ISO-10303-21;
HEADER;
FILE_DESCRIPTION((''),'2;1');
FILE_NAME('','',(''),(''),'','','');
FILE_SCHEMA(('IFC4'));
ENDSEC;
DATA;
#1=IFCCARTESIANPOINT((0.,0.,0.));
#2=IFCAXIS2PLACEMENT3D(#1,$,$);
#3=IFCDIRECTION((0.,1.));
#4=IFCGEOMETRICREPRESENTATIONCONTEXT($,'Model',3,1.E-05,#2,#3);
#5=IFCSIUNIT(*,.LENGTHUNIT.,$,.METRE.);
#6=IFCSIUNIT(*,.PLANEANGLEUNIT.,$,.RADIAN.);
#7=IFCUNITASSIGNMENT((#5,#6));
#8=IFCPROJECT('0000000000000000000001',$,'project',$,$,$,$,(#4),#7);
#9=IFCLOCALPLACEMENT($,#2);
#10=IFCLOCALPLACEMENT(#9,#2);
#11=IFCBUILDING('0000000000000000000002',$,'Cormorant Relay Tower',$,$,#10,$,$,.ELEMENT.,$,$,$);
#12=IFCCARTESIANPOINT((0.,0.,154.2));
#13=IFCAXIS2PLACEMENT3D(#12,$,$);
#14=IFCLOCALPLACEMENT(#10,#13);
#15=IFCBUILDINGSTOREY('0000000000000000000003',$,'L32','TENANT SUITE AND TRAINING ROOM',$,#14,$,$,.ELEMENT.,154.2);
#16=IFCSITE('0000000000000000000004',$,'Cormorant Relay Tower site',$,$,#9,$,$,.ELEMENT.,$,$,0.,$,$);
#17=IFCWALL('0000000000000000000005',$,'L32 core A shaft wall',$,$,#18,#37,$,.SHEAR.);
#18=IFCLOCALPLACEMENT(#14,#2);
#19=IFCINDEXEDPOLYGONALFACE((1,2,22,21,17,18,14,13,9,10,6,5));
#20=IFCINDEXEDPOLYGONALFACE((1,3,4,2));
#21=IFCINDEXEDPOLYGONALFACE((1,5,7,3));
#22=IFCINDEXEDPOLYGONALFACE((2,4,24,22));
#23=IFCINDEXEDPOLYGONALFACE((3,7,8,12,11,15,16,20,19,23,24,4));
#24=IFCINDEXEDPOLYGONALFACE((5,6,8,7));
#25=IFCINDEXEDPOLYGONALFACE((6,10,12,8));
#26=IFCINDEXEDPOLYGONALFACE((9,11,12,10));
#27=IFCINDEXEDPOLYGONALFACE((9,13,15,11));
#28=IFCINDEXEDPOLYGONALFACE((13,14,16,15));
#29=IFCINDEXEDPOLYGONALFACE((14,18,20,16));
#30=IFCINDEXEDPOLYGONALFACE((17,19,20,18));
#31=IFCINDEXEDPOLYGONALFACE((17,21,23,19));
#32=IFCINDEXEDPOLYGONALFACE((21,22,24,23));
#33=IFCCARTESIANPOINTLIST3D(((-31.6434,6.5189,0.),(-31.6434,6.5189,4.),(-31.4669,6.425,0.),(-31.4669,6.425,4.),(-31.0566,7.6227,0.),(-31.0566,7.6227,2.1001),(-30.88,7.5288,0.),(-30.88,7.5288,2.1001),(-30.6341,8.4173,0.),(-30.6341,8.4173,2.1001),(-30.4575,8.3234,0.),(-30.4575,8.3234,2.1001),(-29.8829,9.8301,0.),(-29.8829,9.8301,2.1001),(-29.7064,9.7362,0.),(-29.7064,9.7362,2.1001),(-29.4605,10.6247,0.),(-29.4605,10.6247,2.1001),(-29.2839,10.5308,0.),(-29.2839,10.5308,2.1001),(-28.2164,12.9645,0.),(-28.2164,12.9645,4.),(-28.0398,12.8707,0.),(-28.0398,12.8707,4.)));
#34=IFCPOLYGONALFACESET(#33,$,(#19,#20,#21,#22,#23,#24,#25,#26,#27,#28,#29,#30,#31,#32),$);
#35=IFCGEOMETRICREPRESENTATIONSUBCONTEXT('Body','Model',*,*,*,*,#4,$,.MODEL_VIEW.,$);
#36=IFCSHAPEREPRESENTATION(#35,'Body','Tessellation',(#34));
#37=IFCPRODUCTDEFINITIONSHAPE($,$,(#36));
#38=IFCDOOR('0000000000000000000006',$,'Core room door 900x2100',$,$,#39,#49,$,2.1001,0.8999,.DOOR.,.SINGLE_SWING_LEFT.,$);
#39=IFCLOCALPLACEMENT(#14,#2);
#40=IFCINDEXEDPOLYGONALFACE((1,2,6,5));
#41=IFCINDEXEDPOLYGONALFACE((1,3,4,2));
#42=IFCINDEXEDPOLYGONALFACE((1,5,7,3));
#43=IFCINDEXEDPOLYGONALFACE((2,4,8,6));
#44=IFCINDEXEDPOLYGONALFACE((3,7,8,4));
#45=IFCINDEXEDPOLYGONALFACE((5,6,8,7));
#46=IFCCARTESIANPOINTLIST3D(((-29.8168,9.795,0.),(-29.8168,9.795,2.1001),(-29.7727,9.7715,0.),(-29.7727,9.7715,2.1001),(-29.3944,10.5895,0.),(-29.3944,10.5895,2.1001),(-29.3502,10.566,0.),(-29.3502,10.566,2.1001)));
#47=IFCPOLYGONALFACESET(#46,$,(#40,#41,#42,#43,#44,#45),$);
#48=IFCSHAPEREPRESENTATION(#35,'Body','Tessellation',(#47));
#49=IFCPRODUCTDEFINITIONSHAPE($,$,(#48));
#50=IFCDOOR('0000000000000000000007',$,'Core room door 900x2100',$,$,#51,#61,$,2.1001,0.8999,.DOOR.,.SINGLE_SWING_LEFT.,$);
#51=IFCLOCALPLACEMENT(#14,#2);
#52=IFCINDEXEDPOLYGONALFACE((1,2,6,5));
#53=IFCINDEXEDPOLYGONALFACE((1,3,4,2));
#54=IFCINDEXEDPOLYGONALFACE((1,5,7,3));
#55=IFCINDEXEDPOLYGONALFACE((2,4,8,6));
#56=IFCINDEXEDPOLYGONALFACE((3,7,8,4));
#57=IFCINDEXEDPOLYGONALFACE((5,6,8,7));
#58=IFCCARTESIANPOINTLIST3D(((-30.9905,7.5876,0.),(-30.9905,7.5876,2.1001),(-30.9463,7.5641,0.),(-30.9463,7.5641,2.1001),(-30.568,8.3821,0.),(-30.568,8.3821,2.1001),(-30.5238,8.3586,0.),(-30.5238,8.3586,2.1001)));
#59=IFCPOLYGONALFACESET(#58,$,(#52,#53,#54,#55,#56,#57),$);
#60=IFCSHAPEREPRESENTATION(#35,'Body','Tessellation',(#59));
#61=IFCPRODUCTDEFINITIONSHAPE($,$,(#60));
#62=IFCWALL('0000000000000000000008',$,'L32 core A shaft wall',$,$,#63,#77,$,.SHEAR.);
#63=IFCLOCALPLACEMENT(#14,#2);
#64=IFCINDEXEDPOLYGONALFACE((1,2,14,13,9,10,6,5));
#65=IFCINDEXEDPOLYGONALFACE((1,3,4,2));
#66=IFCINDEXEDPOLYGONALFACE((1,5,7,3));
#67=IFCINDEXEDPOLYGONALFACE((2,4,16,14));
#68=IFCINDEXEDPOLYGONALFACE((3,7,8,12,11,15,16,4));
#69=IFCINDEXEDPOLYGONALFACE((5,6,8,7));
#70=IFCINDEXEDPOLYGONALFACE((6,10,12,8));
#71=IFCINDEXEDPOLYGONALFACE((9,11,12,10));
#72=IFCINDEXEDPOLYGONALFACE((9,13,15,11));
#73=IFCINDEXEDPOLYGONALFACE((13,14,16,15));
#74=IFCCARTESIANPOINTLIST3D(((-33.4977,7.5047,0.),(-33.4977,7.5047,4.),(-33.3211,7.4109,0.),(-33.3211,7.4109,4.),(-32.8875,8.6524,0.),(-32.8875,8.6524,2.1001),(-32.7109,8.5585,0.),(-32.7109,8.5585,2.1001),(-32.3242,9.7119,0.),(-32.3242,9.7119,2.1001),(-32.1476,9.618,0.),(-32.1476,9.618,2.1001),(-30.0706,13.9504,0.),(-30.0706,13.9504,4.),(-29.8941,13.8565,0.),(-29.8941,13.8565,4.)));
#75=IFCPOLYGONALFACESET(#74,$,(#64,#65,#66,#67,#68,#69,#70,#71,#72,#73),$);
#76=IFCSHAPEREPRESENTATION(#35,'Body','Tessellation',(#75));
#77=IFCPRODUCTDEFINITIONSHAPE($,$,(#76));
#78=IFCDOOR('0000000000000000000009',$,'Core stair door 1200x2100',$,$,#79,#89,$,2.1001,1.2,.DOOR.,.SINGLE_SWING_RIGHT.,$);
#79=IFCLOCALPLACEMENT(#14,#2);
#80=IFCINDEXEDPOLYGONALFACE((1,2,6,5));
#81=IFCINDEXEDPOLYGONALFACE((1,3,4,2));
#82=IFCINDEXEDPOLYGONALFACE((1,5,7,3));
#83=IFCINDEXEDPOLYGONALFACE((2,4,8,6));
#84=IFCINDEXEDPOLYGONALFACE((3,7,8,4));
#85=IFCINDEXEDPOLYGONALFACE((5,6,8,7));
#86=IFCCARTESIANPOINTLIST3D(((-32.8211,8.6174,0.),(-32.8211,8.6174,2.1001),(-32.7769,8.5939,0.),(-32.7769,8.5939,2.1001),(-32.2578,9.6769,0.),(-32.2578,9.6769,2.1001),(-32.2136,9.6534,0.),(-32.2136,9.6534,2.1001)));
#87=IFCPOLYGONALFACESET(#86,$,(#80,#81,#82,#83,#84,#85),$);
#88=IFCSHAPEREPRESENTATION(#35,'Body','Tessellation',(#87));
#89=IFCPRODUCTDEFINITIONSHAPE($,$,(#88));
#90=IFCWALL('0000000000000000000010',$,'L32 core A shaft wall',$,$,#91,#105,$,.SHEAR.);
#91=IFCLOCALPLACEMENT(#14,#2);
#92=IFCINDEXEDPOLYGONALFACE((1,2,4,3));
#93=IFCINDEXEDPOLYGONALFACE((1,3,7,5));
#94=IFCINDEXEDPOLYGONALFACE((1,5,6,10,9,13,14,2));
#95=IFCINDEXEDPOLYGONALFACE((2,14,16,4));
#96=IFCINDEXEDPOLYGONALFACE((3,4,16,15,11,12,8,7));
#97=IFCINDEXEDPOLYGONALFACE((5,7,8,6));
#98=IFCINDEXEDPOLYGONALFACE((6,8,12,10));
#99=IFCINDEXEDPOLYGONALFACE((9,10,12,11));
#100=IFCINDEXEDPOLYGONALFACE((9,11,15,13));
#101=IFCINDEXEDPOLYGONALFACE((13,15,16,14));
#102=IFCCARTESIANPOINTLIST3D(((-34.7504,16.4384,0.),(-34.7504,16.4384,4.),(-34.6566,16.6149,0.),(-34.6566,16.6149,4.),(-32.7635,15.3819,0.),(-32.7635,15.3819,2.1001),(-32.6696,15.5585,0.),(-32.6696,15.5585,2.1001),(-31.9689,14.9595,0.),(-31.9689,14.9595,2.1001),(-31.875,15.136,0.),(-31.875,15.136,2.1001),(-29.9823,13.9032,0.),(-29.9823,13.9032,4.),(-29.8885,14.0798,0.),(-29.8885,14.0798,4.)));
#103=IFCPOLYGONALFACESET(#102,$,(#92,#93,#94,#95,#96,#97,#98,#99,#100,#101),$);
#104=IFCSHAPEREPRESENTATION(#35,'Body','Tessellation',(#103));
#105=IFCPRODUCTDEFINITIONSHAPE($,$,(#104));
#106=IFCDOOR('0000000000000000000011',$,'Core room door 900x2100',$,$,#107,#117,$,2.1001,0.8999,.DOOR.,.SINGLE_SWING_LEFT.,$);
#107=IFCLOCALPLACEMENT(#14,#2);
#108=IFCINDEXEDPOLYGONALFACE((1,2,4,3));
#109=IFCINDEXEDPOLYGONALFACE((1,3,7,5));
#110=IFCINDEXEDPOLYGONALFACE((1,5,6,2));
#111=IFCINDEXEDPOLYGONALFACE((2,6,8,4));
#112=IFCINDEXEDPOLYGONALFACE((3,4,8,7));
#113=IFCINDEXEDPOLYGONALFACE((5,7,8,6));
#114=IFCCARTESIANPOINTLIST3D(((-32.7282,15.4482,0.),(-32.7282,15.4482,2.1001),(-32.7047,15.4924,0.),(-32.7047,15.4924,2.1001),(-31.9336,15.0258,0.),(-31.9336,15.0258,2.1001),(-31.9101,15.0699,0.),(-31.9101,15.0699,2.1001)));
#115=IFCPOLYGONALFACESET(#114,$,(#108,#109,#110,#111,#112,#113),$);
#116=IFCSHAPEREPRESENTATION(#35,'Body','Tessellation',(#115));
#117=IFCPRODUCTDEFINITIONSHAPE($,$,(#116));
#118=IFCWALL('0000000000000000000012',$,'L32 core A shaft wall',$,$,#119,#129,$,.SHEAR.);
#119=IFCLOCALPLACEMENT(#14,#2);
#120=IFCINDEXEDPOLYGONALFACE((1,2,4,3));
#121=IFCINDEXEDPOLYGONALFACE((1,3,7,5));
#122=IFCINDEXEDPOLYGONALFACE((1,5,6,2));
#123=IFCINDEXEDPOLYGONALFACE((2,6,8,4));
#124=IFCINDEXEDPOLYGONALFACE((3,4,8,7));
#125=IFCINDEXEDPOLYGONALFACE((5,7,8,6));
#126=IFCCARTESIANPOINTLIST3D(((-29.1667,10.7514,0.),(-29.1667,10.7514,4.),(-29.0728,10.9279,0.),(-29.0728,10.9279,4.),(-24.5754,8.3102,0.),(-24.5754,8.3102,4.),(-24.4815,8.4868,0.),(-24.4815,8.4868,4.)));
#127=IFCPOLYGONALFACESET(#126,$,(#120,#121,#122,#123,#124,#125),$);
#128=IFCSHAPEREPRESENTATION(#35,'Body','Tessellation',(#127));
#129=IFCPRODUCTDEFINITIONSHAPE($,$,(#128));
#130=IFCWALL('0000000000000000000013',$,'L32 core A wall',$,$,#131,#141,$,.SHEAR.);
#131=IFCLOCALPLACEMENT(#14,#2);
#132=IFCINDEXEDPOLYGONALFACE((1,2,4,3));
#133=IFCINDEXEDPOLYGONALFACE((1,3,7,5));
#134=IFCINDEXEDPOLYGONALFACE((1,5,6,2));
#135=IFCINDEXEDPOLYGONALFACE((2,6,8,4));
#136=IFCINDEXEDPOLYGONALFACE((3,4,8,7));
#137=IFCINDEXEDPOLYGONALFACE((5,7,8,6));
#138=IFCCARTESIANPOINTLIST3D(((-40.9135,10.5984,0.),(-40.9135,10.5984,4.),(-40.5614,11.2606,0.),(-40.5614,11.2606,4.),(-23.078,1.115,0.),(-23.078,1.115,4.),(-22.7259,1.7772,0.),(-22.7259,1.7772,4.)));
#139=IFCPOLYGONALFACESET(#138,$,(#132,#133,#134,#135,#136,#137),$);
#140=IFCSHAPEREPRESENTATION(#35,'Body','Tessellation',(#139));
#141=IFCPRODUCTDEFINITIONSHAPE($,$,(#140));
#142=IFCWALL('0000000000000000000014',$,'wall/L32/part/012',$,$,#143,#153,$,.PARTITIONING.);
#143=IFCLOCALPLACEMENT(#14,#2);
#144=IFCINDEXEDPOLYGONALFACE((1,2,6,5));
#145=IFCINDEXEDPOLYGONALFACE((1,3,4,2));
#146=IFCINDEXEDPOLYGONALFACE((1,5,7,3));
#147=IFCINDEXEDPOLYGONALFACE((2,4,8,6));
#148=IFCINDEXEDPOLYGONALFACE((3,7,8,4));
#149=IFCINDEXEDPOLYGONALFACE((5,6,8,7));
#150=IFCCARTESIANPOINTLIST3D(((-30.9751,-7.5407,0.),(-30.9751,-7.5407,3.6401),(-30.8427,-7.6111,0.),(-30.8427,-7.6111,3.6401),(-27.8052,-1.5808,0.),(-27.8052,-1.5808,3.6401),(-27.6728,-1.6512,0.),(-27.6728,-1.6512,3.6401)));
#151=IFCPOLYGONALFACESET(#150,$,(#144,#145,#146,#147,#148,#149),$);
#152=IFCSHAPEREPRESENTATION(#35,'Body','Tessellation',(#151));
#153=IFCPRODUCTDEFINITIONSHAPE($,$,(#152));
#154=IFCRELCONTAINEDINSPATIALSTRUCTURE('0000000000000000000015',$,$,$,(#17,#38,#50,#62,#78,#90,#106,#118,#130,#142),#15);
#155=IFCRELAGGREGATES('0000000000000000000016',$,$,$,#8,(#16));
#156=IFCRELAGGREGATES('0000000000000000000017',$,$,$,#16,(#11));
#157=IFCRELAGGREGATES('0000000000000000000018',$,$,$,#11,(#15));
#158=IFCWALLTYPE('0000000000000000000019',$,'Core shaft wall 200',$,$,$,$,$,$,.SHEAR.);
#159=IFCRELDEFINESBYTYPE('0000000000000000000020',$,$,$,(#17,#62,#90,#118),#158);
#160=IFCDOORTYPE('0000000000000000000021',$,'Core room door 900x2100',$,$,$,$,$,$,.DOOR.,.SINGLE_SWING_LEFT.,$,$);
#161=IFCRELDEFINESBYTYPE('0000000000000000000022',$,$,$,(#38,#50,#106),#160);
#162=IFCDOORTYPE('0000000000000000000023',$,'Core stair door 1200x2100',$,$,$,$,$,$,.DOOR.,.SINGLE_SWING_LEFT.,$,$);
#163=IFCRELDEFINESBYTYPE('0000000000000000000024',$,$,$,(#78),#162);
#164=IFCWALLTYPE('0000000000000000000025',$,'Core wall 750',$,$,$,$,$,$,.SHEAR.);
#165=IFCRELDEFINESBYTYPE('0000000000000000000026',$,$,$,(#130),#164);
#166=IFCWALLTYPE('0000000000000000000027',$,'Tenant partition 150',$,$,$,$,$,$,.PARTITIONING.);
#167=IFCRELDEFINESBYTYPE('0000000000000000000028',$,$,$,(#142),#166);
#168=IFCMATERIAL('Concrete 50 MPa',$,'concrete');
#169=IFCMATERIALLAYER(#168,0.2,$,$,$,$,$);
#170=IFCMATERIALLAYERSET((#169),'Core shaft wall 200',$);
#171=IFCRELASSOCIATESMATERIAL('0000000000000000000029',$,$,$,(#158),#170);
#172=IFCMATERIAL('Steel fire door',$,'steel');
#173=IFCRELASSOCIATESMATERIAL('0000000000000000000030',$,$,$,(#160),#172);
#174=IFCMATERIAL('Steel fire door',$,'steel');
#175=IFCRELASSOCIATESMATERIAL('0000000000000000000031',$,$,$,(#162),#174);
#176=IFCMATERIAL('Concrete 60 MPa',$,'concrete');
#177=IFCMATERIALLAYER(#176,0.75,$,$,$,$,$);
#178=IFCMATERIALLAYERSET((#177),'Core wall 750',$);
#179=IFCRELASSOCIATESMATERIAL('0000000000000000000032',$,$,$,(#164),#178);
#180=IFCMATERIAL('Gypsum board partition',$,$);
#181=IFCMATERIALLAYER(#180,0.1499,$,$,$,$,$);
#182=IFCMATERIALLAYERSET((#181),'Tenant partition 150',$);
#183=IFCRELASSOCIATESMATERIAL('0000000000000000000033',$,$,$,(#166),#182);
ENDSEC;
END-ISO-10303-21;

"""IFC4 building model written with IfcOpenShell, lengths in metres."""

from ifc_helpers import new_model, si_unit, direction, frame, frame_2d, origin, place, context, subcontext, project, spatial, rectangle, extrude, material, layer, layer_set, type_object, element, fill, save


model = new_model("IFC4")

# Units and contexts
model_context = context("Model", 3, precision=1e-05, world=origin(), true_north=direction((0.0, 1.0)))
body_context = subcontext(model_context, "Body", "Model", "MODEL_VIEW")
ifc_project = project(units=[si_unit("LENGTHUNIT", "METRE"), si_unit("PLANEANGLEUNIT", "RADIAN")], contexts=[model_context])

# Site, building, storey
site_placement = place(None, origin())
site = spatial("IfcSite", under=ifc_project, at=site_placement, Name="Cormorant Relay Tower site", CompositionType="ELEMENT", RefElevation=0.0)
building_placement = place(site_placement, origin())
building = spatial("IfcBuilding", under=site, at=building_placement, Name="Cormorant Relay Tower", CompositionType="ELEMENT")
storey_placement = place(building_placement, frame((0.0, 0.0, 154.2)))
storey = spatial("IfcBuildingStorey", under=building, at=storey_placement, Name="L32", Description="TENANT SUITE AND TRAINING ROOM", CompositionType="ELEMENT", Elevation=154.2)

# Shared definitions
ifc_material_1 = material(Name="Concrete 50 MPa", Category="concrete")
ifc_layer_1 = layer(ifc_material_1, 0.2)
ifc_layer_set_1 = layer_set([ifc_layer_1], Name="Core shaft wall 200")
wall_type_1 = type_object("IfcWallType", Name="Core shaft wall 200", PredefinedType="SHEAR", material=ifc_layer_set_1)

# Wall, openings, doors
wall_1_placement = place(storey_placement, frame((-28.1282, 12.9175, 0.0), z_axis=(0.0, 0.0, 1.0), x_axis=(-0.469454, -0.882957, 0.0)))
wall_1 = element("IfcWall", 1, at=wall_1_placement, inside=storey, type_object=wall_type_1, Name="L32 core A shaft wall", PredefinedType="SHEAR", context=body_context, shape_type="SweptSolid", body=[
    extrude(rectangle(XDim=7.3, YDim=0.2, at=frame_2d((3.6499, 0.0))), origin(), (0.0, 0.0, 1.0), 4.0),
])
opening_1_placement = place(wall_1_placement, frame((2.6499, 0.0, 0.0)))
opening_1 = element("IfcOpeningElement", 2, at=opening_1_placement, cuts=wall_1, PredefinedType="OPENING", context=body_context, shape_type="SweptSolid", body=[
    extrude(rectangle(XDim=0.8999, YDim=2.1001, at=frame_2d((0.45, 1.05))), frame((0.0, 0.1099, 0.0), z_axis=(0.0, -1.0, 0.0), x_axis=(1.0, 0.0, 0.0)), (0.0, 0.0, 1.0), 0.22),
])
opening_2_placement = place(wall_1_placement, frame((5.1499, 0.0, 0.0)))
opening_2 = element("IfcOpeningElement", 3, at=opening_2_placement, cuts=wall_1, PredefinedType="OPENING", context=body_context, shape_type="SweptSolid", body=[
    extrude(rectangle(XDim=0.8999, YDim=2.1001, at=frame_2d((0.45, 1.05))), frame((0.0, 0.1099, 0.0), z_axis=(0.0, -1.0, 0.0), x_axis=(1.0, 0.0, 0.0)), (0.0, 0.0, 1.0), 0.22),
])
ifc_material_2 = material(Name="Steel fire door", Category="steel")
door_type_1 = type_object("IfcDoorType", Name="Core room door 900x2100", OperationType="SINGLE_SWING_LEFT", PredefinedType="DOOR", material=ifc_material_2)
door_1_placement = place(opening_1_placement, origin())
door_1 = element("IfcDoor", 4, at=door_1_placement, inside=storey, type_object=door_type_1, Name="Core room door 900x2100", OperationType="SINGLE_SWING_LEFT", OverallHeight=2.1001, OverallWidth=0.8999, PredefinedType="DOOR", context=body_context, shape_type="SweptSolid", body=[
    extrude(rectangle(XDim=0.8999, YDim=2.1001, at=frame_2d((0.45, 1.05))), frame((0.0, 0.0249, 0.0), z_axis=(0.0, -1.0, 0.0), x_axis=(1.0, 0.0, 0.0)), (0.0, 0.0, 1.0), 0.05),
])
fill(opening_1, door_1)
door_2_placement = place(opening_2_placement, origin())
door_2 = element("IfcDoor", 5, at=door_2_placement, inside=storey, type_object=door_type_1, Name="Core room door 900x2100", OperationType="SINGLE_SWING_LEFT", OverallHeight=2.1001, OverallWidth=0.8999, PredefinedType="DOOR", context=body_context, shape_type="SweptSolid", body=[
    extrude(rectangle(XDim=0.8999, YDim=2.1001, at=frame_2d((0.45, 1.05))), frame((0.0, 0.0249, 0.0), z_axis=(0.0, -1.0, 0.0), x_axis=(1.0, 0.0, 0.0)), (0.0, 0.0, 1.0), 0.05),
])
fill(opening_2, door_2)

# Walls, openings, doors
wall_2_placement = place(storey_placement, frame((-29.9824, 13.9033, 0.0), z_axis=(0.0, 0.0, 1.0), x_axis=(-0.469454, -0.882957, 0.0)))
wall_2 = element("IfcWall", 6, at=wall_2_placement, inside=storey, type_object=wall_type_1, Name="L32 core A shaft wall", PredefinedType="SHEAR", context=body_context, shape_type="SweptSolid", body=[
    extrude(rectangle(XDim=7.3, YDim=0.2, at=frame_2d((3.6499, 0.0))), origin(), (0.0, 0.0, 1.0), 4.0),
])
opening_3_placement = place(wall_2_placement, frame((4.8, 0.0, 0.0)))
opening_3 = element("IfcOpeningElement", 7, at=opening_3_placement, cuts=wall_2, PredefinedType="OPENING", context=body_context, shape_type="SweptSolid", body=[
    extrude(rectangle(XDim=1.2, YDim=2.1001, at=frame_2d((0.6001, 1.05))), frame((0.0, 0.1099, 0.0), z_axis=(0.0, -1.0, 0.0), x_axis=(1.0, 0.0, 0.0)), (0.0, 0.0, 1.0), 0.22),
])
ifc_material_3 = material(Name="Steel fire door", Category="steel")
door_type_2 = type_object("IfcDoorType", Name="Core stair door 1200x2100", OperationType="SINGLE_SWING_LEFT", PredefinedType="DOOR", material=ifc_material_3)
door_3_placement = place(opening_3_placement, frame((1.2, 0.0, 0.0), z_axis=(0.0, 0.0, 1.0), x_axis=(-1.0, 0.0, 0.0)))
door_3 = element("IfcDoor", 8, at=door_3_placement, inside=storey, type_object=door_type_2, Name="Core stair door 1200x2100", OperationType="SINGLE_SWING_RIGHT", OverallHeight=2.1001, OverallWidth=1.2, PredefinedType="DOOR", context=body_context, shape_type="SweptSolid", body=[
    extrude(rectangle(XDim=1.2, YDim=2.1001, at=frame_2d((0.6001, 1.05))), frame((0.0, 0.0249, 0.0), z_axis=(0.0, -1.0, 0.0), x_axis=(1.0, 0.0, 0.0)), (0.0, 0.0, 1.0), 0.05),
])
fill(opening_3, door_3)
wall_3_placement = place(storey_placement, frame((-29.9353, 13.9915, 0.0), z_axis=(0.0, 0.0, 1.0), x_axis=(-0.882953, 0.469462, 0.0)))
wall_3 = element("IfcWall", 9, at=wall_3_placement, inside=storey, type_object=wall_type_1, Name="L32 core A shaft wall", PredefinedType="SHEAR", context=body_context, shape_type="SweptSolid", body=[
    extrude(rectangle(XDim=5.4001, YDim=0.2, at=frame_2d((2.7002, 0.0))), origin(), (0.0, 0.0, 1.0), 4.0),
])
opening_4_placement = place(wall_3_placement, frame((2.25, 0.0, 0.0)))
opening_4 = element("IfcOpeningElement", 10, at=opening_4_placement, cuts=wall_3, PredefinedType="OPENING", context=body_context, shape_type="SweptSolid", body=[
    extrude(rectangle(XDim=0.8999, YDim=2.1001, at=frame_2d((0.45, 1.05))), frame((0.0, 0.1099, 0.0), z_axis=(0.0, -1.0, 0.0), x_axis=(1.0, 0.0, 0.0)), (0.0, 0.0, 1.0), 0.22),
])
door_4_placement = place(opening_4_placement, origin())
door_4 = element("IfcDoor", 11, at=door_4_placement, inside=storey, type_object=door_type_1, Name="Core room door 900x2100", OperationType="SINGLE_SWING_LEFT", OverallHeight=2.1001, OverallWidth=0.8999, PredefinedType="DOOR", context=body_context, shape_type="SweptSolid", body=[
    extrude(rectangle(XDim=0.8999, YDim=2.1001, at=frame_2d((0.45, 1.05))), frame((0.0, 0.0249, 0.0), z_axis=(0.0, -1.0, 0.0), x_axis=(1.0, 0.0, 0.0)), (0.0, 0.0, 1.0), 0.05),
])
fill(opening_4, door_4)

# Walls
wall_4_placement = place(storey_placement, frame((-24.5283, 8.3984, 0.0), z_axis=(0.0, 0.0, 1.0), x_axis=(-0.882954, 0.46946, 0.0)))
element("IfcWall", 12, at=wall_4_placement, inside=storey, type_object=wall_type_1, Name="L32 core A shaft wall", PredefinedType="SHEAR", context=body_context, shape_type="SweptSolid", body=[
    extrude(rectangle(XDim=5.2, YDim=0.2, at=frame_2d((2.6001, 0.0))), origin(), (0.0, 0.0, 1.0), 4.0),
])
ifc_material_4 = material(Name="Concrete 60 MPa", Category="concrete")
ifc_layer_2 = layer(ifc_material_4, 0.75)
ifc_layer_set_2 = layer_set([ifc_layer_2], Name="Core wall 750")
wall_type_2 = type_object("IfcWallType", Name="Core wall 750", PredefinedType="SHEAR", material=ifc_layer_set_2)
wall_5_placement = place(storey_placement, frame((-22.9019, 1.446, 0.0), z_axis=(0.0, 0.0, 1.0), x_axis=(-0.882945, 0.469476, 0.0)))
element("IfcWall", 13, at=wall_5_placement, inside=storey, type_object=wall_type_2, Name="L32 core A wall", PredefinedType="SHEAR", context=body_context, shape_type="SweptSolid", body=[
    extrude(rectangle(XDim=20.2, YDim=0.75, at=frame_2d((10.1001, 0.0))), origin(), (0.0, 0.0, 1.0), 4.0),
])
ifc_material_5 = material(Name="Gypsum board partition")
ifc_layer_3 = layer(ifc_material_5, 0.1499)
ifc_layer_set_3 = layer_set([ifc_layer_3], Name="Tenant partition 150")
wall_type_3 = type_object("IfcWallType", Name="Tenant partition 150", PredefinedType="PARTITIONING", material=ifc_layer_set_3)
wall_6_placement = place(storey_placement, frame((-27.739, -1.616, 0.0), z_axis=(0.0, 0.0, 1.0), x_axis=(-0.469582, -0.882889, 0.0)))
element("IfcWall", 14, at=wall_6_placement, inside=storey, type_object=wall_type_3, Name="wall/L32/part/012", PredefinedType="PARTITIONING", context=body_context, shape_type="SweptSolid", body=[
    extrude(rectangle(XDim=6.7505, YDim=0.1499, at=frame_2d((3.3752, 0.0))), origin(), (0.0, 0.0, 1.0), 3.6401),
])

save(model, "model.ifc")
